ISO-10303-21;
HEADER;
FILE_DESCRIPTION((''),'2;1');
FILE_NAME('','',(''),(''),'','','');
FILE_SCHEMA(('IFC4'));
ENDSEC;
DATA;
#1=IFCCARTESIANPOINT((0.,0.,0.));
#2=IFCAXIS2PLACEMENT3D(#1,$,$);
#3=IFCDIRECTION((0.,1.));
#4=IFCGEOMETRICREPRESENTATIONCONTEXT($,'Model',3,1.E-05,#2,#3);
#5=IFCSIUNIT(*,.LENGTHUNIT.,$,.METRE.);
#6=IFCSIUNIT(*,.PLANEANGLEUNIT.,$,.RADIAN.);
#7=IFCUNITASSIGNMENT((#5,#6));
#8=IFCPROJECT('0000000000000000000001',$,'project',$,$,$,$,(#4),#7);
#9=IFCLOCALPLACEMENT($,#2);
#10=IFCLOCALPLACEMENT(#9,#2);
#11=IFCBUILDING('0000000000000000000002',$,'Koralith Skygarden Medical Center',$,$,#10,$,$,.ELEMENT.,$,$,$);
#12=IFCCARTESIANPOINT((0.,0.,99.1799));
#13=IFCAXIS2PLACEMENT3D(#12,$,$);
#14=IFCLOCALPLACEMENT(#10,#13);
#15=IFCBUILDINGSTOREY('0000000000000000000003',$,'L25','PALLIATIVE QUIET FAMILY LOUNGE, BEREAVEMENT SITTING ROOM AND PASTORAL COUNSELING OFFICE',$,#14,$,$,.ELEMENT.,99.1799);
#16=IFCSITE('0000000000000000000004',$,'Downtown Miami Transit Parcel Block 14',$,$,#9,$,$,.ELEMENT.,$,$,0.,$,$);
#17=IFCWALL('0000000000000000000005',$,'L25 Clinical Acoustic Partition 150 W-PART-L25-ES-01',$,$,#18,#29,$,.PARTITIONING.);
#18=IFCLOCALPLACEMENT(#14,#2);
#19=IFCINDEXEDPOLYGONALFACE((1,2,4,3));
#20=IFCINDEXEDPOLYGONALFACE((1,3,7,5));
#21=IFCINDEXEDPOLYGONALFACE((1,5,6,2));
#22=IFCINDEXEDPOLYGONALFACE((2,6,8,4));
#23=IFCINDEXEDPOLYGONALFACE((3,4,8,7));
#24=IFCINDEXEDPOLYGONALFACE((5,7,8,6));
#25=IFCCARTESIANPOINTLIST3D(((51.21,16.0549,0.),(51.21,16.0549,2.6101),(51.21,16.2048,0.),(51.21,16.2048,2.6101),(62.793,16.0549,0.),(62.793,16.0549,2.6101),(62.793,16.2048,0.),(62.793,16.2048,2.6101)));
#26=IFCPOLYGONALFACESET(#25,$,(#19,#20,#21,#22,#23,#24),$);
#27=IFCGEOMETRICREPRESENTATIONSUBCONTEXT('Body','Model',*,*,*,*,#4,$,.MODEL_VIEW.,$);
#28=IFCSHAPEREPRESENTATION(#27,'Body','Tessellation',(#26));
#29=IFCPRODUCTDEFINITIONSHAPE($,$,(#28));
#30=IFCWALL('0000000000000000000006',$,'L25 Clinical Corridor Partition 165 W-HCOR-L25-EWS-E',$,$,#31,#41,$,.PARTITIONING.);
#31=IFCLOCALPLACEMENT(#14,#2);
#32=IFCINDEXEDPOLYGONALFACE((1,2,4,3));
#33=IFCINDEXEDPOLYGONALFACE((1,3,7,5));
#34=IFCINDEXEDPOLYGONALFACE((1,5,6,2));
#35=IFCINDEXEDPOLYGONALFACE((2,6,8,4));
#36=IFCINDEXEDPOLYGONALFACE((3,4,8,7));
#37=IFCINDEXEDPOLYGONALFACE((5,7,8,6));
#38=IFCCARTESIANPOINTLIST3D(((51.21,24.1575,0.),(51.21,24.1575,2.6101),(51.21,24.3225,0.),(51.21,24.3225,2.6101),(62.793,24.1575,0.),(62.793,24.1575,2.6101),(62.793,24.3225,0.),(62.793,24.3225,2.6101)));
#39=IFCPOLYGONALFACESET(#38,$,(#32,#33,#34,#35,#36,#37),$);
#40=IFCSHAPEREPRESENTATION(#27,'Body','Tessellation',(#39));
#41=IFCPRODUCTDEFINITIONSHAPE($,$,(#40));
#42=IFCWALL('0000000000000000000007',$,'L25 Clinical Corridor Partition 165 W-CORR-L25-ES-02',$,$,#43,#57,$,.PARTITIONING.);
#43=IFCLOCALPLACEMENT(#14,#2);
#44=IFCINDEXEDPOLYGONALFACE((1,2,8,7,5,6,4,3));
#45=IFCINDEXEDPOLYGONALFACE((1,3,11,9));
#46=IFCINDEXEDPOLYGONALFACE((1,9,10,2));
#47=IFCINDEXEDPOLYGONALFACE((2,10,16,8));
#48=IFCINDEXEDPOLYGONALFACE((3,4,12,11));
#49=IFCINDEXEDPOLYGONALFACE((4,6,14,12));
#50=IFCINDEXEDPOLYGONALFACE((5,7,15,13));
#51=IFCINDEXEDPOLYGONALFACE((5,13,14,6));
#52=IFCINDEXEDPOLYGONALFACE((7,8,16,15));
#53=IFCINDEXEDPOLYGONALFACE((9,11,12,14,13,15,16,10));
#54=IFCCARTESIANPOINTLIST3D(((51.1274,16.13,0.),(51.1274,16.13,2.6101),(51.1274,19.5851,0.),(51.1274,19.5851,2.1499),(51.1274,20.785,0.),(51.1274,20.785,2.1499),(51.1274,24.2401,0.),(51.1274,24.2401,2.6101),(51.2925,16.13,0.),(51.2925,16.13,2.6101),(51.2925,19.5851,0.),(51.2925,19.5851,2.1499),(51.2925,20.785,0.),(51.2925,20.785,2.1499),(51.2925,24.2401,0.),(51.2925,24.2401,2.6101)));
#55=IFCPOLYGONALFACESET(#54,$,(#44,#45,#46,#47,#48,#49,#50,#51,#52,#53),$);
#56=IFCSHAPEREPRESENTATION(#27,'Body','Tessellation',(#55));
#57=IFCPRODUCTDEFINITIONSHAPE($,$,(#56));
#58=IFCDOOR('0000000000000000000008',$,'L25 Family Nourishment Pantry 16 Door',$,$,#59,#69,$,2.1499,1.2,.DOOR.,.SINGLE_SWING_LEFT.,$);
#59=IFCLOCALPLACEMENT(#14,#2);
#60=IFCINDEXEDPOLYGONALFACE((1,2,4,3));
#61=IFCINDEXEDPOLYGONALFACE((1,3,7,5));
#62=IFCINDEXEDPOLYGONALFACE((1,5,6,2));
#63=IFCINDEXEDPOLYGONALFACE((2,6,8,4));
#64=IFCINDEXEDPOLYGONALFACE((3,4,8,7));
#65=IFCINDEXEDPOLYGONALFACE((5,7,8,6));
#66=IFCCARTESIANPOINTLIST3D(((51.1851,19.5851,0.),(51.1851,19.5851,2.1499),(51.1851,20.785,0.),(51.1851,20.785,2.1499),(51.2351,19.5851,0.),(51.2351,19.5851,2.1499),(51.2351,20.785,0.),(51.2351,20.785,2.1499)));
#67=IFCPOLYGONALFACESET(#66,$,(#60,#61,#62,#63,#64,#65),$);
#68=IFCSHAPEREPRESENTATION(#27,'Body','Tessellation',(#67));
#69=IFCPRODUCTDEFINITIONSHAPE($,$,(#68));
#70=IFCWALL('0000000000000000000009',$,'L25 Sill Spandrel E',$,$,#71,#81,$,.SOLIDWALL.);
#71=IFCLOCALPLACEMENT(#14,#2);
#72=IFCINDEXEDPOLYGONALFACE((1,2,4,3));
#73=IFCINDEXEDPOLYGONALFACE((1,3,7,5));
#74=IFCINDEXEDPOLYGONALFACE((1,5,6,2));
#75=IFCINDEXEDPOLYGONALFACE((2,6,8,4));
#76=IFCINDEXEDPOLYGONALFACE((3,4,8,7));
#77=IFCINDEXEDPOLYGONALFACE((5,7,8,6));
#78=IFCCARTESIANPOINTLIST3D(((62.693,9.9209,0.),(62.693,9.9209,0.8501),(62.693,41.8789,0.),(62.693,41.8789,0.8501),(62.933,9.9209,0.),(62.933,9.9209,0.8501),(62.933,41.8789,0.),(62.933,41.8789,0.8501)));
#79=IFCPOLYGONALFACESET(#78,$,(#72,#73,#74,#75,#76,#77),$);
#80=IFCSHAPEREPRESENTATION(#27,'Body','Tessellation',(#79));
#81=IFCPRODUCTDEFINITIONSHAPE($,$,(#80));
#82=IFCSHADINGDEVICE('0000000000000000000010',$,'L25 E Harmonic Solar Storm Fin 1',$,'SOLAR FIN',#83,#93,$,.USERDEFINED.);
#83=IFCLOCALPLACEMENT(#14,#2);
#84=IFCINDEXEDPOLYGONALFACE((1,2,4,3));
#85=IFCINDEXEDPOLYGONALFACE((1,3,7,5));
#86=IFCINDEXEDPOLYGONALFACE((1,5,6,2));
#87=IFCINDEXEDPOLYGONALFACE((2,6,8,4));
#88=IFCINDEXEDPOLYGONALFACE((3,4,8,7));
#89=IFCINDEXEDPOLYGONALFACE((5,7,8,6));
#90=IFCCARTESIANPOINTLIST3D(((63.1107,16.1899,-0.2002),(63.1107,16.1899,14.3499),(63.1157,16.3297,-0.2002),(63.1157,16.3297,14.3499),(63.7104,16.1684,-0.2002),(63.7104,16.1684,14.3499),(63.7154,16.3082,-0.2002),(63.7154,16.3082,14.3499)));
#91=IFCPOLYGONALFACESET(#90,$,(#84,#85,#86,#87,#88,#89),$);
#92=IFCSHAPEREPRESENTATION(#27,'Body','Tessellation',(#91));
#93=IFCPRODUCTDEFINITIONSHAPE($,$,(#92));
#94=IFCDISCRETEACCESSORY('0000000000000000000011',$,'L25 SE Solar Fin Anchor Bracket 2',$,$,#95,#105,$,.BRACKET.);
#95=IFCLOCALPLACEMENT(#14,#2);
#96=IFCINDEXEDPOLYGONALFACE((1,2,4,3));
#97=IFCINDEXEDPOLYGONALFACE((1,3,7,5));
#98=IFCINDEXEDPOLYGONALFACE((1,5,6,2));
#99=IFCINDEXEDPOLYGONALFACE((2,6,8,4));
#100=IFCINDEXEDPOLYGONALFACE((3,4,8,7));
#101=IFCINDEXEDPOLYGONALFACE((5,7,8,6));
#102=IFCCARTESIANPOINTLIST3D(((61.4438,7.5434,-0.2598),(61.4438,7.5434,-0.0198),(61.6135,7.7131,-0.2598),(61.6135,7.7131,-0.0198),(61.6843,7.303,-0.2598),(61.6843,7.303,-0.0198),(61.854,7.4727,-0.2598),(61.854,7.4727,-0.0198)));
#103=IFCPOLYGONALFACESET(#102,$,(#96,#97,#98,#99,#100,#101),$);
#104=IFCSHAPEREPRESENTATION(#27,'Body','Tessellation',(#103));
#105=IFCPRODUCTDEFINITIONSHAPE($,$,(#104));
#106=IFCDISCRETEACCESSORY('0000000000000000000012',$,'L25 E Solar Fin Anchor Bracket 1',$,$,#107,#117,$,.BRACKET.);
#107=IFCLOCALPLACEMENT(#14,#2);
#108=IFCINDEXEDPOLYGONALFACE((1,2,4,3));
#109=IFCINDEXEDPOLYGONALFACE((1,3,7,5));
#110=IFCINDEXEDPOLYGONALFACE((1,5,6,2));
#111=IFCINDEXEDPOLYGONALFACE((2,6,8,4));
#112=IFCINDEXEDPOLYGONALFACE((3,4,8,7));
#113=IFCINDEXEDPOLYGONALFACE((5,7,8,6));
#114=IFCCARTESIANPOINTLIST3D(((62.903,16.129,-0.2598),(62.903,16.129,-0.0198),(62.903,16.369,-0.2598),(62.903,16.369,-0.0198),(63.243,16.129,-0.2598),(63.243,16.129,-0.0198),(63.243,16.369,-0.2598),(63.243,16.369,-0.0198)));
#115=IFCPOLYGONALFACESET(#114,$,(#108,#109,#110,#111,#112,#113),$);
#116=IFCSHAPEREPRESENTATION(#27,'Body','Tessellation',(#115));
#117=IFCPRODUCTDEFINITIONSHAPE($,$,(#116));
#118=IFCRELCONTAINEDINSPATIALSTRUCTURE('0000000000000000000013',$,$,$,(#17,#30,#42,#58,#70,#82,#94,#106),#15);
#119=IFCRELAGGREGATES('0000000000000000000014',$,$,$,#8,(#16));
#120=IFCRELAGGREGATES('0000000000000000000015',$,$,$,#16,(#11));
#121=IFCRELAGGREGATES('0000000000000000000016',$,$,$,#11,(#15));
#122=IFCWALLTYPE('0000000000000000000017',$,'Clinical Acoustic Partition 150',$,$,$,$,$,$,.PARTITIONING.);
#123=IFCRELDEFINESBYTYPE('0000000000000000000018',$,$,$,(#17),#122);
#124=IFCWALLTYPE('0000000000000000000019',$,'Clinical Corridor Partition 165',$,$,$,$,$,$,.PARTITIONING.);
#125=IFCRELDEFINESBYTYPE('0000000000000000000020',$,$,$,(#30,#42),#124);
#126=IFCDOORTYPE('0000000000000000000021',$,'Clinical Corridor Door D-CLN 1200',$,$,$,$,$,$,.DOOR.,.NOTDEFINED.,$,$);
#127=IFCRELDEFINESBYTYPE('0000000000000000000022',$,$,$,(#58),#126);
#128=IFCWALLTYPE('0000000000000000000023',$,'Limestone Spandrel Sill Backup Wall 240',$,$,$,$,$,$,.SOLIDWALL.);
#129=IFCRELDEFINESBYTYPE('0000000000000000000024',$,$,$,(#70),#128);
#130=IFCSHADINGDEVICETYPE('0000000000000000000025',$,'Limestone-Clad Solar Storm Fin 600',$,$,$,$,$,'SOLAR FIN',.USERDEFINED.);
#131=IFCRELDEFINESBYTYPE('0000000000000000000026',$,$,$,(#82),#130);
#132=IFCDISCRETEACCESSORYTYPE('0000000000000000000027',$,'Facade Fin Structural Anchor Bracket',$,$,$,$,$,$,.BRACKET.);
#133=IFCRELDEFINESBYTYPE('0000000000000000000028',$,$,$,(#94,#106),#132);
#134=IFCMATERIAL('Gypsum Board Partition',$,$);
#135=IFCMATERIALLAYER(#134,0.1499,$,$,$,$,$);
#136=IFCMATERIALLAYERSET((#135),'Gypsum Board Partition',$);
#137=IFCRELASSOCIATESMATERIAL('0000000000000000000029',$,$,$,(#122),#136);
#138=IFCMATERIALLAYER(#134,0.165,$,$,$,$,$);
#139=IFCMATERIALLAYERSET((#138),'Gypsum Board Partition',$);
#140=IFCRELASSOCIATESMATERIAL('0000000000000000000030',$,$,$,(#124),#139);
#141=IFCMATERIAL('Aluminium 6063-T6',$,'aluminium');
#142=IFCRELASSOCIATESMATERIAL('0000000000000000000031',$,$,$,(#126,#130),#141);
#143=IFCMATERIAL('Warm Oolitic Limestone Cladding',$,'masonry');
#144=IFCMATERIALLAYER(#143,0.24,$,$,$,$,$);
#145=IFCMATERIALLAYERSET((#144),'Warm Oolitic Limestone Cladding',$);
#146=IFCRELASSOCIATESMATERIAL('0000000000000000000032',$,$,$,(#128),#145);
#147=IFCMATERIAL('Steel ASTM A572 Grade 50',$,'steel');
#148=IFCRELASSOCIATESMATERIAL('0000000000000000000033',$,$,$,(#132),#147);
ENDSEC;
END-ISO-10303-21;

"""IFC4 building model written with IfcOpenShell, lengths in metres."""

from ifc_helpers import new_model, si_unit, direction, frame, frame_2d, origin, origin_2d, place, context, subcontext, project, spatial, rectangle, extrude, material, layer, layer_set, type_object, element, fill, save


model = new_model("IFC4")

# Units and contexts
model_context = context("Model", 3, precision=1e-05, world=origin(), true_north=direction((0.0, 1.0)))
body_context = subcontext(model_context, "Body", "Model", "MODEL_VIEW")
ifc_project = project(units=[si_unit("LENGTHUNIT", "METRE"), si_unit("PLANEANGLEUNIT", "RADIAN")], contexts=[model_context])

# Site, building, storey
site_placement = place(None, origin())
site = spatial("IfcSite", under=ifc_project, at=site_placement, Name="Downtown Miami Transit Parcel Block 14", CompositionType="ELEMENT", RefElevation=0.0)
building_placement = place(site_placement, origin())
building = spatial("IfcBuilding", under=site, at=building_placement, Name="Koralith Skygarden Medical Center", CompositionType="ELEMENT")
storey_placement = place(building_placement, frame((0.0, 0.0, 99.1799)))
storey = spatial("IfcBuildingStorey", under=building, at=storey_placement, Name="L25", Description="PALLIATIVE QUIET FAMILY LOUNGE, BEREAVEMENT SITTING ROOM AND PASTORAL COUNSELING OFFICE", CompositionType="ELEMENT", Elevation=99.1799)

# Shared definitions
ifc_material_1 = material(Name="Aluminium 6063-T6", Category="aluminium")

# Shared definitions
ifc_material_2 = material(Name="Warm Oolitic Limestone Cladding", Category="masonry")

# Walls
ifc_material_3 = material(Name="Gypsum Board Partition")
ifc_layer_1 = layer(ifc_material_3, 0.1499)
ifc_layer_set_1 = layer_set([ifc_layer_1], Name="Gypsum Board Partition")
wall_type_1 = type_object("IfcWallType", Name="Clinical Acoustic Partition 150", PredefinedType="PARTITIONING", material=ifc_layer_set_1)
wall_1_placement = place(storey_placement, frame((51.21, 16.1299, 0.0), z_axis=(0.0, 0.0, 1.0), x_axis=(1.0, 0.0, 0.0)))
element("IfcWall", 1, at=wall_1_placement, inside=storey, type_object=wall_type_1, Name="L25 Clinical Acoustic Partition 150 W-PART-L25-ES-01", PredefinedType="PARTITIONING", context=body_context, shape_type="SweptSolid", body=[
    extrude(rectangle(XDim=11.583, YDim=0.1499, at=frame_2d((5.7915, 0.0))), origin(), (0.0, 0.0, 1.0), 2.6101),
])
ifc_layer_2 = layer(ifc_material_3, 0.165)
ifc_layer_set_2 = layer_set([ifc_layer_2], Name="Gypsum Board Partition")
wall_type_2 = type_object("IfcWallType", Name="Clinical Corridor Partition 165", PredefinedType="PARTITIONING", material=ifc_layer_set_2)
wall_2_placement = place(storey_placement, frame((51.21, 24.24, 0.0), z_axis=(0.0, 0.0, 1.0), x_axis=(1.0, 0.0, 0.0)))
element("IfcWall", 2, at=wall_2_placement, inside=storey, type_object=wall_type_2, Name="L25 Clinical Corridor Partition 165 W-HCOR-L25-EWS-E", PredefinedType="PARTITIONING", context=body_context, shape_type="SweptSolid", body=[
    extrude(rectangle(XDim=11.583, YDim=0.165, at=frame_2d((5.7915, 0.0))), origin(), (0.0, 0.0, 1.0), 2.6101),
])

# Wall, opening, door
wall_3_placement = place(storey_placement, frame((51.21, 16.1299, 0.0), z_axis=(0.0, 0.0, 1.0), x_axis=(0.0, 1.0, 0.0)))
wall_3 = element("IfcWall", 3, at=wall_3_placement, inside=storey, type_object=wall_type_2, Name="L25 Clinical Corridor Partition 165 W-CORR-L25-ES-02", PredefinedType="PARTITIONING", context=body_context, shape_type="SweptSolid", body=[
    extrude(rectangle(XDim=8.1101, YDim=0.165, at=frame_2d((4.0552, 0.0))), origin(), (0.0, 0.0, 1.0), 2.6101),
])
opening_placement = place(wall_3_placement, frame((3.4551, 0.0, 0.0)))
opening = element("IfcOpeningElement", 4, at=opening_placement, cuts=wall_3, PredefinedType="OPENING", context=body_context, shape_type="SweptSolid", body=[
    extrude(rectangle(XDim=1.2, YDim=2.1499, at=frame_2d((0.6001, 1.075))), frame((0.0, 0.0925, 0.0), z_axis=(0.0, -1.0, 0.0), x_axis=(1.0, 0.0, 0.0)), (0.0, 0.0, 1.0), 0.1851),
])
door_type = type_object("IfcDoorType", Name="Clinical Corridor Door D-CLN 1200", OperationType="NOTDEFINED", PredefinedType="DOOR", material=ifc_material_1)
door_placement = place(opening_placement, origin())
door = element("IfcDoor", 5, at=door_placement, inside=storey, type_object=door_type, Name="L25 Family Nourishment Pantry 16 Door", OperationType="SINGLE_SWING_LEFT", OverallHeight=2.1499, OverallWidth=1.2, PredefinedType="DOOR", context=body_context, shape_type="SweptSolid", body=[
    extrude(rectangle(XDim=1.2, YDim=2.1499, at=frame_2d((0.6001, 1.075))), frame((0.0, 0.0249, 0.0), z_axis=(0.0, -1.0, 0.0), x_axis=(1.0, 0.0, 0.0)), (0.0, 0.0, 1.0), 0.05),
])
fill(opening, door)

# Wall
ifc_layer_3 = layer(ifc_material_2, 0.24)
ifc_layer_set_3 = layer_set([ifc_layer_3], Name="Warm Oolitic Limestone Cladding")
wall_type_3 = type_object("IfcWallType", Name="Limestone Spandrel Sill Backup Wall 240", PredefinedType="SOLIDWALL", material=ifc_layer_set_3)
wall_4_placement = place(storey_placement, frame((62.813, 9.9209, 0.0), z_axis=(0.0, 0.0, 1.0), x_axis=(0.0, 1.0, 0.0)))
element("IfcWall", 6, at=wall_4_placement, inside=storey, type_object=wall_type_3, Name="L25 Sill Spandrel E", PredefinedType="SOLIDWALL", context=body_context, shape_type="SweptSolid", body=[
    extrude(rectangle(XDim=31.958, YDim=0.24, at=frame_2d((15.979, 0.0))), origin(), (0.0, 0.0, 1.0), 0.8501),
])

# Shading device
shading_device_type = type_object("IfcShadingDeviceType", Name="Limestone-Clad Solar Storm Fin 600", ElementType="SOLAR FIN", PredefinedType="USERDEFINED", material=ifc_material_1)
shading_device_placement = place(storey_placement, frame((63.4131, 16.249, -0.2002), z_axis=(0.0, 0.0, 1.0), x_axis=(0.999357, -0.035841, 0.0)))
element("IfcShadingDevice", 7, at=shading_device_placement, inside=storey, type_object=shading_device_type, Name="L25 E Harmonic Solar Storm Fin 1", ObjectType="SOLAR FIN", PredefinedType="USERDEFINED", context=body_context, shape_type="SweptSolid", body=[
    extrude(rectangle(XDim=0.6001, YDim=0.1399, at=origin_2d()), origin(), (0.0, 0.0, 1.0), 14.55),
])

# Discrete accessories
ifc_material_4 = material(Name="Steel ASTM A572 Grade 50", Category="steel")
discrete_accessory_type = type_object("IfcDiscreteAccessoryType", Name="Facade Fin Structural Anchor Bracket", PredefinedType="BRACKET", material=ifc_material_4)
for number, where, z_axis, x_axis, name in (
    (8, (61.6489, 7.5081, -0.2598), (0.0, 0.0, 1.0), (0.707107, -0.707107, 0.0), "L25 SE Solar Fin Anchor Bracket 2"),
    (9, (63.073, 16.249, -0.2598), (0.0, 0.0, 1.0), (1.0, 0.0, 0.0), "L25 E Solar Fin Anchor Bracket 1"),
):
    element("IfcDiscreteAccessory", number, at=place(storey_placement, frame(where, z_axis=z_axis, x_axis=x_axis)), inside=storey, type_object=discrete_accessory_type, Name=name, PredefinedType="BRACKET", context=body_context, shape_type="SweptSolid", body=[
        extrude(rectangle(XDim=0.3401, YDim=0.24, at=origin_2d()), origin(), (0.0, 0.0, 1.0), 0.24),
    ])

save(model, "model.ifc")
